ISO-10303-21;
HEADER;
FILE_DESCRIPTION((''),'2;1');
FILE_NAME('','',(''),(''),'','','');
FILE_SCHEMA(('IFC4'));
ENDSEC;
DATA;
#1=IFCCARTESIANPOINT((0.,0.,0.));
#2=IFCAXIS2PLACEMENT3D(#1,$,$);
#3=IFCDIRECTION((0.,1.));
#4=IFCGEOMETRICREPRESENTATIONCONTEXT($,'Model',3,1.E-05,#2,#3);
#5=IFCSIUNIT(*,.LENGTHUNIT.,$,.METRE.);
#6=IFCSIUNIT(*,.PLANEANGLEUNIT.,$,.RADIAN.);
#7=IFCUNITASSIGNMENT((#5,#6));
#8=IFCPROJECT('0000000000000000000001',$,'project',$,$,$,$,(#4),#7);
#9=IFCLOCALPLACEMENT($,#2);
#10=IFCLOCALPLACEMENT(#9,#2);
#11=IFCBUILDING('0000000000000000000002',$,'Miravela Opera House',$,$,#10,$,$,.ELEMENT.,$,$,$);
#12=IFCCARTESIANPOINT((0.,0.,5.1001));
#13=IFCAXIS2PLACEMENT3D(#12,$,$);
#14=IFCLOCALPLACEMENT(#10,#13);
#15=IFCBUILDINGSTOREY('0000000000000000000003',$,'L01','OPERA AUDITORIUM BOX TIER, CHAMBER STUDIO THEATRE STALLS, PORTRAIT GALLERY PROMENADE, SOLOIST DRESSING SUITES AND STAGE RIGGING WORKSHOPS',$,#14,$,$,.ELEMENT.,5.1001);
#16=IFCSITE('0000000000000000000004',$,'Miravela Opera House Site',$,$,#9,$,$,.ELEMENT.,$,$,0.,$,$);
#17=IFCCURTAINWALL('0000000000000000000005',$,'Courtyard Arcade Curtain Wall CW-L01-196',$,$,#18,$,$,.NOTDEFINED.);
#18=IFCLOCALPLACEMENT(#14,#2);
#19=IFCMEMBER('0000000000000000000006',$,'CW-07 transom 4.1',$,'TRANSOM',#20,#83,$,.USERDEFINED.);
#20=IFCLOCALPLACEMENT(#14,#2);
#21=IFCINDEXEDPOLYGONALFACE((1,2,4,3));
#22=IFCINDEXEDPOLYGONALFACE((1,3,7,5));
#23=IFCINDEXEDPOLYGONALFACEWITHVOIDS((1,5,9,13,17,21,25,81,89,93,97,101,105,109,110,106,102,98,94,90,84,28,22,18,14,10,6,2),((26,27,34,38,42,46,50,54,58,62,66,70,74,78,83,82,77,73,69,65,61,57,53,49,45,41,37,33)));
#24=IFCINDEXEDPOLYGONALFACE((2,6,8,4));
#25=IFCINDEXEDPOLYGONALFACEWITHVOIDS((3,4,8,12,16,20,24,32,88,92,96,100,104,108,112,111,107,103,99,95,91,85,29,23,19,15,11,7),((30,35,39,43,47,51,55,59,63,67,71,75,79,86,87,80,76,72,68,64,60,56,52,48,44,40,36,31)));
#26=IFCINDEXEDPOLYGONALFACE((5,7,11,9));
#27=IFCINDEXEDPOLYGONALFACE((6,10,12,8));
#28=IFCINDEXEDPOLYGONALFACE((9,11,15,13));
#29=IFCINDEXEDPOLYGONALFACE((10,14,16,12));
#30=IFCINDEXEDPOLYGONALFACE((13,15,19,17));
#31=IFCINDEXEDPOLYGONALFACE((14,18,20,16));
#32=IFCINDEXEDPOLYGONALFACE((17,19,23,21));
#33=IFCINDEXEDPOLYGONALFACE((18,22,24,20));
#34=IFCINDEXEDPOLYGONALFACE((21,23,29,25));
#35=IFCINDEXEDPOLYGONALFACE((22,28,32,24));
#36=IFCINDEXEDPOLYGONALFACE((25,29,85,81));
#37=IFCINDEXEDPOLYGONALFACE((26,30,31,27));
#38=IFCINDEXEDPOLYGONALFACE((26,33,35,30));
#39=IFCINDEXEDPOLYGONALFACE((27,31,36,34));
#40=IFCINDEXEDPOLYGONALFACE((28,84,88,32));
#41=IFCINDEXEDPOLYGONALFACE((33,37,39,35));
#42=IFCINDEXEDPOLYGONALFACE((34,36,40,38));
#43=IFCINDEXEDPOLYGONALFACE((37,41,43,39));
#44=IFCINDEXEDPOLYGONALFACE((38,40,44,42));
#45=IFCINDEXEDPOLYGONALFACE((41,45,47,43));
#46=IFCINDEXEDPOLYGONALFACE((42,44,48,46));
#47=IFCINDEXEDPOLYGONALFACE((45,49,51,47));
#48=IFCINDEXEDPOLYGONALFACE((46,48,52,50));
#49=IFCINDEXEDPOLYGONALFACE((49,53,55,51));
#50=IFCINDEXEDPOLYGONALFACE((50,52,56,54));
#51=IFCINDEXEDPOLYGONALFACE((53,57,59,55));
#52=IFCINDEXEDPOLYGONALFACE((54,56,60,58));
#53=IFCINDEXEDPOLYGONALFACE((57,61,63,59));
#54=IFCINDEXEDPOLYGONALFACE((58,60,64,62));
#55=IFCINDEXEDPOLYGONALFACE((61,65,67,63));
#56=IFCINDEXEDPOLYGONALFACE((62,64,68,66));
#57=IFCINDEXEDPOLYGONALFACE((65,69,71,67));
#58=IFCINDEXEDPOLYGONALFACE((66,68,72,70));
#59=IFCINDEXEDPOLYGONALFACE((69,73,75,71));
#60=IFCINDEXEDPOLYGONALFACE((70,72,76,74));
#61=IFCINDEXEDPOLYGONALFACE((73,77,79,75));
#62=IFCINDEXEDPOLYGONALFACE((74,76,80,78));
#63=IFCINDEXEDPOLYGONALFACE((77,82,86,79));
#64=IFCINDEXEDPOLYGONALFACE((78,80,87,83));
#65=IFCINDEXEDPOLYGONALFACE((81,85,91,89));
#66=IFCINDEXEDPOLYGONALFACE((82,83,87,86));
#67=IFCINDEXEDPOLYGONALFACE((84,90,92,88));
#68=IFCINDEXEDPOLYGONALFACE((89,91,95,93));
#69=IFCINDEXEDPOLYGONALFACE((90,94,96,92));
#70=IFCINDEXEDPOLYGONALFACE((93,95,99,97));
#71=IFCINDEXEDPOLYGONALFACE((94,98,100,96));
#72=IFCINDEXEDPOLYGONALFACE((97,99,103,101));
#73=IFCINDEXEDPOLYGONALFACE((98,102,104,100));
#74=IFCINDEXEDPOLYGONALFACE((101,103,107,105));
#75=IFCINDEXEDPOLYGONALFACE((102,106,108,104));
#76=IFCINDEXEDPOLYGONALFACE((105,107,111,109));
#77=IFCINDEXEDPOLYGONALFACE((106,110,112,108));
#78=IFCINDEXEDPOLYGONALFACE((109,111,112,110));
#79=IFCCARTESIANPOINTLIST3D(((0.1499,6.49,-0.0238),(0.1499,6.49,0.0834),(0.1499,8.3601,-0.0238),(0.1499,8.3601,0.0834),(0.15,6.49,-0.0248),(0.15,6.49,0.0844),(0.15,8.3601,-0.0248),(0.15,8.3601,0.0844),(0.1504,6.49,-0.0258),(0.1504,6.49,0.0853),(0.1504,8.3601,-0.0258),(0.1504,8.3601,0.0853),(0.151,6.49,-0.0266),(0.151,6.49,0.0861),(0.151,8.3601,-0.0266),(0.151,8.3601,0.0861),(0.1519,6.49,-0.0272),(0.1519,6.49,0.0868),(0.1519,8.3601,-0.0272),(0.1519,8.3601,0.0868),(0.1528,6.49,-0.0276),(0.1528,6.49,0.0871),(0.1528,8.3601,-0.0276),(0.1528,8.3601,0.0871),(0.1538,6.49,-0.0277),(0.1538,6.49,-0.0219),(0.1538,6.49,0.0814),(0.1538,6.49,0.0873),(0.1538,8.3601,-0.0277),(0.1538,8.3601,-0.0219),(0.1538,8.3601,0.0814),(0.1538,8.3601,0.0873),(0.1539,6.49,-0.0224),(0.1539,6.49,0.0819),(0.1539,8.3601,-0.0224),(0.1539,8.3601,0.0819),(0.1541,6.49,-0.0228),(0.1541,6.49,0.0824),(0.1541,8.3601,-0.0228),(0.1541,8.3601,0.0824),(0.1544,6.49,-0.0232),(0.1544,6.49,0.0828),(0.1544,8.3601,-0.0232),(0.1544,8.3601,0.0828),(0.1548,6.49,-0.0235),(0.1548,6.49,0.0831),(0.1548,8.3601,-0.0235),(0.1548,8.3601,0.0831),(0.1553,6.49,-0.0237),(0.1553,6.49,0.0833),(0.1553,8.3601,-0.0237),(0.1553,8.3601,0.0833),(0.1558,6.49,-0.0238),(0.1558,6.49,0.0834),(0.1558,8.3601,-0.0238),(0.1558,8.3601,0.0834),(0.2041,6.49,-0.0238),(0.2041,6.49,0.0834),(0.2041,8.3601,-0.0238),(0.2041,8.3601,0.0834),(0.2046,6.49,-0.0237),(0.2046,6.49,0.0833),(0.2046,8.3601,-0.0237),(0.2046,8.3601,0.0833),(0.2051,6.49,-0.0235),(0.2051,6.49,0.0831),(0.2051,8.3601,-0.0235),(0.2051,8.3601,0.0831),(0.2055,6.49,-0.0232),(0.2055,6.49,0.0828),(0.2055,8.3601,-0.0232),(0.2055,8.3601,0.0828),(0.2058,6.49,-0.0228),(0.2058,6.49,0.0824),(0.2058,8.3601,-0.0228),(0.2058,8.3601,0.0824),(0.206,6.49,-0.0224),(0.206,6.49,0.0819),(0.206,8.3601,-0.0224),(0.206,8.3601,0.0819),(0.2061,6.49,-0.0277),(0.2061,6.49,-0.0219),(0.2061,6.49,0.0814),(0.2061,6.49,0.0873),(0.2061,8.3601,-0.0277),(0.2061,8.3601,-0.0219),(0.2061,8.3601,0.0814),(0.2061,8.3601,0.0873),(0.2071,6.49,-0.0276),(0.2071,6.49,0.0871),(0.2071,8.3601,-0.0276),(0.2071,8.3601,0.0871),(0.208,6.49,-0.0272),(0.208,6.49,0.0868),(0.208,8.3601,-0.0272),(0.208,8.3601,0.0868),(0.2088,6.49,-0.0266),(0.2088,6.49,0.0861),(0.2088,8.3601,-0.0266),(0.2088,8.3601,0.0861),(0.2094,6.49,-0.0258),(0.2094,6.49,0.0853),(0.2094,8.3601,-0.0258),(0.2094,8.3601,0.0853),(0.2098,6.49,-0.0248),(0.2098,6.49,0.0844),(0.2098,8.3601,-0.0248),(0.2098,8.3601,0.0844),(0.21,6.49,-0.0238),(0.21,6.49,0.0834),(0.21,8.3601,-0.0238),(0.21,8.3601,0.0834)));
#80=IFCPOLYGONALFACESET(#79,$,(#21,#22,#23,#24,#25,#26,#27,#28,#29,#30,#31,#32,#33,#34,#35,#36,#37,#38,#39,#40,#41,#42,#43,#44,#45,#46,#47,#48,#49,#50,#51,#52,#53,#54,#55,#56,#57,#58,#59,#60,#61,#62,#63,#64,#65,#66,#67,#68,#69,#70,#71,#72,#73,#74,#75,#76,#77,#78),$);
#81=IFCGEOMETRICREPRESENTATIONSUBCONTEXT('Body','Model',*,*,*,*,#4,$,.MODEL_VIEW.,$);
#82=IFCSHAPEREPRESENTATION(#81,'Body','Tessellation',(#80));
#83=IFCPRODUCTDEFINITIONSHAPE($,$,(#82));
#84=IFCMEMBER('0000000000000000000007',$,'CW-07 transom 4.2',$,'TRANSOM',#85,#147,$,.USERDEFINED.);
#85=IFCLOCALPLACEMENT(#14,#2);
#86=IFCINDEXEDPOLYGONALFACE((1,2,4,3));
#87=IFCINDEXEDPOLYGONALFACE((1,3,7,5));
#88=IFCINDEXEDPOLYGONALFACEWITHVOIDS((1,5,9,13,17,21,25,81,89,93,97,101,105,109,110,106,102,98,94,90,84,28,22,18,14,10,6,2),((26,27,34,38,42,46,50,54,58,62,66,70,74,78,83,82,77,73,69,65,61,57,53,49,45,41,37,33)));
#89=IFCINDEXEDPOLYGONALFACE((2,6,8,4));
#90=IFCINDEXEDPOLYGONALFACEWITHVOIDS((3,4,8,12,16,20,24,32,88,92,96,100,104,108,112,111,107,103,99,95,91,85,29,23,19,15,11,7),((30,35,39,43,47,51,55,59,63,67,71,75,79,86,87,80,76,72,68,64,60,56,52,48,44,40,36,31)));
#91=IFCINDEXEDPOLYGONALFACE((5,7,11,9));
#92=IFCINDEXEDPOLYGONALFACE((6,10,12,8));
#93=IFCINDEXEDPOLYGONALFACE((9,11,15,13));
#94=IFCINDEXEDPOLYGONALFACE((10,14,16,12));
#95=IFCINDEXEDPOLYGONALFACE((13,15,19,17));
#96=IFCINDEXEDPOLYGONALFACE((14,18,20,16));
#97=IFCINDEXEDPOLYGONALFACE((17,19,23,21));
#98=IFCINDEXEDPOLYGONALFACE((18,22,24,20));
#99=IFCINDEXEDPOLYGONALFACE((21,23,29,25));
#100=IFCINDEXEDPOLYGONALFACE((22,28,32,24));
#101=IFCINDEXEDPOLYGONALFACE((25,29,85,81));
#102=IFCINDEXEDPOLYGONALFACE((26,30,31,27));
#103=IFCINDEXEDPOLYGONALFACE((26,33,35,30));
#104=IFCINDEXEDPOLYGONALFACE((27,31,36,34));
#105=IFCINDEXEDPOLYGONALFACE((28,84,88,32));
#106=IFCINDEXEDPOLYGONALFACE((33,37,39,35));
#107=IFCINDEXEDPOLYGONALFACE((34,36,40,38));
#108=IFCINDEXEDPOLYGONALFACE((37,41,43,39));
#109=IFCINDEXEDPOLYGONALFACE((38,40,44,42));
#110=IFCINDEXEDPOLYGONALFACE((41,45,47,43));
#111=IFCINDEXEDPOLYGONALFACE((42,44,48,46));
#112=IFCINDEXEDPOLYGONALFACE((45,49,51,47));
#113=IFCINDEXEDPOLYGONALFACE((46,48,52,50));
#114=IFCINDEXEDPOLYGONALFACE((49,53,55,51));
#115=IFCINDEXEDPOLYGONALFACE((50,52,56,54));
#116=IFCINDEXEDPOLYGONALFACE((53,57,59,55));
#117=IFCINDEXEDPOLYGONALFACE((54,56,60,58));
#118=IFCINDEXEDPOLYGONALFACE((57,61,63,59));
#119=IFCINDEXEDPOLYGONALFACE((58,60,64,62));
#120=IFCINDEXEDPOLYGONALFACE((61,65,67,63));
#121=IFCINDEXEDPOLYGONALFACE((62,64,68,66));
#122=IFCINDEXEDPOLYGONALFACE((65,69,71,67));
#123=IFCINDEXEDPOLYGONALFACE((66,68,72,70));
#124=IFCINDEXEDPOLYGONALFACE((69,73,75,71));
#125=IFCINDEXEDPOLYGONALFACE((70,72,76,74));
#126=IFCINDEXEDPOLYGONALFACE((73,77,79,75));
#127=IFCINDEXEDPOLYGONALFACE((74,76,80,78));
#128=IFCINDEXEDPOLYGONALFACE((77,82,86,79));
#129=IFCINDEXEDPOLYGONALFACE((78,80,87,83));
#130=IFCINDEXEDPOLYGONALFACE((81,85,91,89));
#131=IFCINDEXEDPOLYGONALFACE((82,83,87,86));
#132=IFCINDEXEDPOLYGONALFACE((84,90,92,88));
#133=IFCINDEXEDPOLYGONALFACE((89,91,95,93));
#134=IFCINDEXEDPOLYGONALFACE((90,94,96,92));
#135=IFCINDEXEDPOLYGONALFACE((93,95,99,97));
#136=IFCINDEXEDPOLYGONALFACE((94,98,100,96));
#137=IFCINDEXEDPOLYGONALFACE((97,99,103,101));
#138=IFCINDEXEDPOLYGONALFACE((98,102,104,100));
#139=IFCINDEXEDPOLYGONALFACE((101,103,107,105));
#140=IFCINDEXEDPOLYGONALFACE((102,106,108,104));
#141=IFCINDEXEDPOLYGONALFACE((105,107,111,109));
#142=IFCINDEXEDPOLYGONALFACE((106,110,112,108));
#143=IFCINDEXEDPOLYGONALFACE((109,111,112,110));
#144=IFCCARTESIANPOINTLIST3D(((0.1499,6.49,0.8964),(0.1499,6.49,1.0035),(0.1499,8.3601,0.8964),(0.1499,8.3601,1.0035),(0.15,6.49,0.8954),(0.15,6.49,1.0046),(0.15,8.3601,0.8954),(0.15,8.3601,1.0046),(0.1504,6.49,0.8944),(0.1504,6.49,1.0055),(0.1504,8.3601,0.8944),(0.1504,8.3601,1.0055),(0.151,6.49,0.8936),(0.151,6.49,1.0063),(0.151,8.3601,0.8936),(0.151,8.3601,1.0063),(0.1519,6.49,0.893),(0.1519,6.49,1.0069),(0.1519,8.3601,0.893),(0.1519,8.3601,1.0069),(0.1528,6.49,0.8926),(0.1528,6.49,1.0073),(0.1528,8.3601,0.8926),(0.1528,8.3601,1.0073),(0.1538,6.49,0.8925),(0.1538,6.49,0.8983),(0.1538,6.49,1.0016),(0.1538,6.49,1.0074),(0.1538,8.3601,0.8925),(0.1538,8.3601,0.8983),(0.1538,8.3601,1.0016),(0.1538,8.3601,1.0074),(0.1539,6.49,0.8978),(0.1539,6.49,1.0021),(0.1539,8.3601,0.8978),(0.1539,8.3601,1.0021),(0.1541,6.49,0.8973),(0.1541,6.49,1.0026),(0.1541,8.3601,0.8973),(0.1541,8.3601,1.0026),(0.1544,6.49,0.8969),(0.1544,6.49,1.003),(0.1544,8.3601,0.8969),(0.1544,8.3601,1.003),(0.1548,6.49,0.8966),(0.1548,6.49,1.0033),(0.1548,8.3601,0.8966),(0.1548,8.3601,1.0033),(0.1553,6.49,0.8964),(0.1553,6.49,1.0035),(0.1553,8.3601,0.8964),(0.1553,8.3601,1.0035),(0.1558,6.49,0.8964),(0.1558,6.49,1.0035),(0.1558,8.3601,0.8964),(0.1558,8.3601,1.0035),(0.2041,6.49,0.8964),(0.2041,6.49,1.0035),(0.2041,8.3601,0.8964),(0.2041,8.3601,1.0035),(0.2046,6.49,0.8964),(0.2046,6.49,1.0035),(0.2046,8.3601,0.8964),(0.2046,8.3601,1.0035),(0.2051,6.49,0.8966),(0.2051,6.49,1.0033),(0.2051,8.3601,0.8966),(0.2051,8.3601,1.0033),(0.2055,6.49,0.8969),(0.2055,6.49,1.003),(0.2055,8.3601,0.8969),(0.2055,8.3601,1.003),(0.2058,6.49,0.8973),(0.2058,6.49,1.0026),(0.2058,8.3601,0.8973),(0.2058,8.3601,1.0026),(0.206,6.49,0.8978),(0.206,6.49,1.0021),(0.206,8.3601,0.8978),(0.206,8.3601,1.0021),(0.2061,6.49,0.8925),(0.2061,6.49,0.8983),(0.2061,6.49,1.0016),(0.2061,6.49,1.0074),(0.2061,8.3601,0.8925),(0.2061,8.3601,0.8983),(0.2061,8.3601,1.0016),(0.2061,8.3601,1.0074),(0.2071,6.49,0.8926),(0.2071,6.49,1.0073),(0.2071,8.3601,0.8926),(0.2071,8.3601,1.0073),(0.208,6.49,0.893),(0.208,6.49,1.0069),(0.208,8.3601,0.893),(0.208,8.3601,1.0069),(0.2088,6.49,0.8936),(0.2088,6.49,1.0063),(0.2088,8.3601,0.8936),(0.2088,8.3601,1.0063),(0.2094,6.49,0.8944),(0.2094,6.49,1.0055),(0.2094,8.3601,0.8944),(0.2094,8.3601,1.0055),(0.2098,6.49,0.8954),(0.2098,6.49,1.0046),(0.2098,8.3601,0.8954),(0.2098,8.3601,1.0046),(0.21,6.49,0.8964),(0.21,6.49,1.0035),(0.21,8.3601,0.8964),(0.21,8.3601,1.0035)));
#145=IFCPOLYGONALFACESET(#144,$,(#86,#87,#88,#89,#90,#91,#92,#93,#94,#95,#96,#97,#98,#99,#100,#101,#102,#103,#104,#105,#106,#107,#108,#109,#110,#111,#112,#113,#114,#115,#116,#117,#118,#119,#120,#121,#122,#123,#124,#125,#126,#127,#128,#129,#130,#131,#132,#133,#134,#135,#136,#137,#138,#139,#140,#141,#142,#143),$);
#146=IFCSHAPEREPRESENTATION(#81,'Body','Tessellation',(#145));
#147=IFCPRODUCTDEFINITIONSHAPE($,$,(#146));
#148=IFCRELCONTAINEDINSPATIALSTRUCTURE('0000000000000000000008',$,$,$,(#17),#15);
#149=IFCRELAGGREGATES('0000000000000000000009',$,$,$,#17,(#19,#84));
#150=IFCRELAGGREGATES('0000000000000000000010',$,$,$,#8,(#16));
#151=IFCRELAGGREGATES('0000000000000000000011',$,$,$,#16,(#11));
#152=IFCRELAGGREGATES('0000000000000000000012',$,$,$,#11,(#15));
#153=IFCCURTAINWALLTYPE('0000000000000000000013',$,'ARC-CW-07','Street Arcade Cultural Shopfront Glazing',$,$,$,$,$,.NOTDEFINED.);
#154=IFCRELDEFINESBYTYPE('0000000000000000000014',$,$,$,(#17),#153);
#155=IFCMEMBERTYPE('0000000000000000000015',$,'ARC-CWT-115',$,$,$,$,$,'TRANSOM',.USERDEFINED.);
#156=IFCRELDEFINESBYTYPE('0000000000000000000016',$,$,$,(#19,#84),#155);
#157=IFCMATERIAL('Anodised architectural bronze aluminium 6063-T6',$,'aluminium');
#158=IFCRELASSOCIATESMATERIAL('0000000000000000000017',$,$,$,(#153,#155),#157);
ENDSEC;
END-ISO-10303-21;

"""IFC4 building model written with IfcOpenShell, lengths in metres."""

from ifc_helpers import new_model, si_unit, direction, frame, origin, origin_2d, place, context, subcontext, project, spatial, hollow_rectangle, extrude, material, material_profile, profile_set, type_object, element, aggregate, save


model = new_model("IFC4")

# Units and contexts
model_context = context("Model", 3, precision=1e-05, world=origin(), true_north=direction((0.0, 1.0)))
body_context = subcontext(model_context, "Body", "Model", "MODEL_VIEW")
ifc_project = project(units=[si_unit("LENGTHUNIT", "METRE"), si_unit("PLANEANGLEUNIT", "RADIAN")], contexts=[model_context])

# Site, building, storey
site_placement = place(None, origin())
site = spatial("IfcSite", under=ifc_project, at=site_placement, Name="Miravela Opera House Site", CompositionType="ELEMENT", RefElevation=0.0)
building_placement = place(site_placement, origin())
building = spatial("IfcBuilding", under=site, at=building_placement, Name="Miravela Opera House", CompositionType="ELEMENT")
storey_placement = place(building_placement, frame((0.0, 0.0, 5.1001)))
storey = spatial("IfcBuildingStorey", under=building, at=storey_placement, Name="L01", Description="OPERA AUDITORIUM BOX TIER, CHAMBER STUDIO THEATRE STALLS, PORTRAIT GALLERY PROMENADE, SOLOIST DRESSING SUITES AND STAGE RIGGING WORKSHOPS", CompositionType="ELEMENT", Elevation=5.1001)

# Curtain wall
ifc_material_1 = material(Name="Anodised architectural bronze aluminium 6063-T6", Category="aluminium")
curtain_wall_type = type_object("IfcCurtainWallType", Name="ARC-CW-07", Description="Street Arcade Cultural Shopfront Glazing", PredefinedType="NOTDEFINED", material=ifc_material_1)
curtain_wall_1_placement = place(storey_placement, origin())
curtain_wall_1 = element("IfcCurtainWall", 1, at=curtain_wall_1_placement, inside=storey, type_object=curtain_wall_type, Name="Courtyard Arcade Curtain Wall CW-L01-196", PredefinedType="NOTDEFINED")

# Members
ifc_material_profile_1 = material_profile(ifc_material_1, hollow_rectangle(XDim=0.0601, YDim=0.115, WallThickness=0.0039, InnerFilletRadius=0.002, OuterFilletRadius=0.0039, at=origin_2d()), Name="CWT-60X115")
ifc_profile_set_1 = profile_set([ifc_material_profile_1])
member_type_1 = type_object("IfcMemberType", Name="ARC-CWT-115", ElementType="TRANSOM", PredefinedType="USERDEFINED", material=ifc_profile_set_1)
member_1_placement = place(storey_placement, frame((0.1799, 6.49, 0.0298), z_axis=(0.0, 1.0, 0.0), x_axis=(-1.0, 0.0, 0.0)))
member_1 = element("IfcMember", 2, at=member_1_placement, type_object=member_type_1, Name="CW-07 transom 4.1", ObjectType="TRANSOM", PredefinedType="USERDEFINED", context=body_context, shape_type="SweptSolid", body=[
    extrude(hollow_rectangle(XDim=0.0601, YDim=0.115, WallThickness=0.0039, InnerFilletRadius=0.002, OuterFilletRadius=0.0039, at=origin_2d()), origin(), (0.0, 0.0, 1.0), 1.8701),
])
member_2_placement = place(storey_placement, frame((0.1799, 6.49, 0.95), z_axis=(0.0, 1.0, 0.0), x_axis=(-1.0, 0.0, 0.0)))
member_2 = element("IfcMember", 3, at=member_2_placement, type_object=member_type_1, Name="CW-07 transom 4.2", ObjectType="TRANSOM", PredefinedType="USERDEFINED", context=body_context, shape_type="SweptSolid", body=[
    extrude(hollow_rectangle(XDim=0.0601, YDim=0.115, WallThickness=0.0039, InnerFilletRadius=0.002, OuterFilletRadius=0.0039, at=origin_2d()), origin(), (0.0, 0.0, 1.0), 1.8701),
])

aggregate(curtain_wall_1, [member_1, member_2])

save(model, "model.ifc")
